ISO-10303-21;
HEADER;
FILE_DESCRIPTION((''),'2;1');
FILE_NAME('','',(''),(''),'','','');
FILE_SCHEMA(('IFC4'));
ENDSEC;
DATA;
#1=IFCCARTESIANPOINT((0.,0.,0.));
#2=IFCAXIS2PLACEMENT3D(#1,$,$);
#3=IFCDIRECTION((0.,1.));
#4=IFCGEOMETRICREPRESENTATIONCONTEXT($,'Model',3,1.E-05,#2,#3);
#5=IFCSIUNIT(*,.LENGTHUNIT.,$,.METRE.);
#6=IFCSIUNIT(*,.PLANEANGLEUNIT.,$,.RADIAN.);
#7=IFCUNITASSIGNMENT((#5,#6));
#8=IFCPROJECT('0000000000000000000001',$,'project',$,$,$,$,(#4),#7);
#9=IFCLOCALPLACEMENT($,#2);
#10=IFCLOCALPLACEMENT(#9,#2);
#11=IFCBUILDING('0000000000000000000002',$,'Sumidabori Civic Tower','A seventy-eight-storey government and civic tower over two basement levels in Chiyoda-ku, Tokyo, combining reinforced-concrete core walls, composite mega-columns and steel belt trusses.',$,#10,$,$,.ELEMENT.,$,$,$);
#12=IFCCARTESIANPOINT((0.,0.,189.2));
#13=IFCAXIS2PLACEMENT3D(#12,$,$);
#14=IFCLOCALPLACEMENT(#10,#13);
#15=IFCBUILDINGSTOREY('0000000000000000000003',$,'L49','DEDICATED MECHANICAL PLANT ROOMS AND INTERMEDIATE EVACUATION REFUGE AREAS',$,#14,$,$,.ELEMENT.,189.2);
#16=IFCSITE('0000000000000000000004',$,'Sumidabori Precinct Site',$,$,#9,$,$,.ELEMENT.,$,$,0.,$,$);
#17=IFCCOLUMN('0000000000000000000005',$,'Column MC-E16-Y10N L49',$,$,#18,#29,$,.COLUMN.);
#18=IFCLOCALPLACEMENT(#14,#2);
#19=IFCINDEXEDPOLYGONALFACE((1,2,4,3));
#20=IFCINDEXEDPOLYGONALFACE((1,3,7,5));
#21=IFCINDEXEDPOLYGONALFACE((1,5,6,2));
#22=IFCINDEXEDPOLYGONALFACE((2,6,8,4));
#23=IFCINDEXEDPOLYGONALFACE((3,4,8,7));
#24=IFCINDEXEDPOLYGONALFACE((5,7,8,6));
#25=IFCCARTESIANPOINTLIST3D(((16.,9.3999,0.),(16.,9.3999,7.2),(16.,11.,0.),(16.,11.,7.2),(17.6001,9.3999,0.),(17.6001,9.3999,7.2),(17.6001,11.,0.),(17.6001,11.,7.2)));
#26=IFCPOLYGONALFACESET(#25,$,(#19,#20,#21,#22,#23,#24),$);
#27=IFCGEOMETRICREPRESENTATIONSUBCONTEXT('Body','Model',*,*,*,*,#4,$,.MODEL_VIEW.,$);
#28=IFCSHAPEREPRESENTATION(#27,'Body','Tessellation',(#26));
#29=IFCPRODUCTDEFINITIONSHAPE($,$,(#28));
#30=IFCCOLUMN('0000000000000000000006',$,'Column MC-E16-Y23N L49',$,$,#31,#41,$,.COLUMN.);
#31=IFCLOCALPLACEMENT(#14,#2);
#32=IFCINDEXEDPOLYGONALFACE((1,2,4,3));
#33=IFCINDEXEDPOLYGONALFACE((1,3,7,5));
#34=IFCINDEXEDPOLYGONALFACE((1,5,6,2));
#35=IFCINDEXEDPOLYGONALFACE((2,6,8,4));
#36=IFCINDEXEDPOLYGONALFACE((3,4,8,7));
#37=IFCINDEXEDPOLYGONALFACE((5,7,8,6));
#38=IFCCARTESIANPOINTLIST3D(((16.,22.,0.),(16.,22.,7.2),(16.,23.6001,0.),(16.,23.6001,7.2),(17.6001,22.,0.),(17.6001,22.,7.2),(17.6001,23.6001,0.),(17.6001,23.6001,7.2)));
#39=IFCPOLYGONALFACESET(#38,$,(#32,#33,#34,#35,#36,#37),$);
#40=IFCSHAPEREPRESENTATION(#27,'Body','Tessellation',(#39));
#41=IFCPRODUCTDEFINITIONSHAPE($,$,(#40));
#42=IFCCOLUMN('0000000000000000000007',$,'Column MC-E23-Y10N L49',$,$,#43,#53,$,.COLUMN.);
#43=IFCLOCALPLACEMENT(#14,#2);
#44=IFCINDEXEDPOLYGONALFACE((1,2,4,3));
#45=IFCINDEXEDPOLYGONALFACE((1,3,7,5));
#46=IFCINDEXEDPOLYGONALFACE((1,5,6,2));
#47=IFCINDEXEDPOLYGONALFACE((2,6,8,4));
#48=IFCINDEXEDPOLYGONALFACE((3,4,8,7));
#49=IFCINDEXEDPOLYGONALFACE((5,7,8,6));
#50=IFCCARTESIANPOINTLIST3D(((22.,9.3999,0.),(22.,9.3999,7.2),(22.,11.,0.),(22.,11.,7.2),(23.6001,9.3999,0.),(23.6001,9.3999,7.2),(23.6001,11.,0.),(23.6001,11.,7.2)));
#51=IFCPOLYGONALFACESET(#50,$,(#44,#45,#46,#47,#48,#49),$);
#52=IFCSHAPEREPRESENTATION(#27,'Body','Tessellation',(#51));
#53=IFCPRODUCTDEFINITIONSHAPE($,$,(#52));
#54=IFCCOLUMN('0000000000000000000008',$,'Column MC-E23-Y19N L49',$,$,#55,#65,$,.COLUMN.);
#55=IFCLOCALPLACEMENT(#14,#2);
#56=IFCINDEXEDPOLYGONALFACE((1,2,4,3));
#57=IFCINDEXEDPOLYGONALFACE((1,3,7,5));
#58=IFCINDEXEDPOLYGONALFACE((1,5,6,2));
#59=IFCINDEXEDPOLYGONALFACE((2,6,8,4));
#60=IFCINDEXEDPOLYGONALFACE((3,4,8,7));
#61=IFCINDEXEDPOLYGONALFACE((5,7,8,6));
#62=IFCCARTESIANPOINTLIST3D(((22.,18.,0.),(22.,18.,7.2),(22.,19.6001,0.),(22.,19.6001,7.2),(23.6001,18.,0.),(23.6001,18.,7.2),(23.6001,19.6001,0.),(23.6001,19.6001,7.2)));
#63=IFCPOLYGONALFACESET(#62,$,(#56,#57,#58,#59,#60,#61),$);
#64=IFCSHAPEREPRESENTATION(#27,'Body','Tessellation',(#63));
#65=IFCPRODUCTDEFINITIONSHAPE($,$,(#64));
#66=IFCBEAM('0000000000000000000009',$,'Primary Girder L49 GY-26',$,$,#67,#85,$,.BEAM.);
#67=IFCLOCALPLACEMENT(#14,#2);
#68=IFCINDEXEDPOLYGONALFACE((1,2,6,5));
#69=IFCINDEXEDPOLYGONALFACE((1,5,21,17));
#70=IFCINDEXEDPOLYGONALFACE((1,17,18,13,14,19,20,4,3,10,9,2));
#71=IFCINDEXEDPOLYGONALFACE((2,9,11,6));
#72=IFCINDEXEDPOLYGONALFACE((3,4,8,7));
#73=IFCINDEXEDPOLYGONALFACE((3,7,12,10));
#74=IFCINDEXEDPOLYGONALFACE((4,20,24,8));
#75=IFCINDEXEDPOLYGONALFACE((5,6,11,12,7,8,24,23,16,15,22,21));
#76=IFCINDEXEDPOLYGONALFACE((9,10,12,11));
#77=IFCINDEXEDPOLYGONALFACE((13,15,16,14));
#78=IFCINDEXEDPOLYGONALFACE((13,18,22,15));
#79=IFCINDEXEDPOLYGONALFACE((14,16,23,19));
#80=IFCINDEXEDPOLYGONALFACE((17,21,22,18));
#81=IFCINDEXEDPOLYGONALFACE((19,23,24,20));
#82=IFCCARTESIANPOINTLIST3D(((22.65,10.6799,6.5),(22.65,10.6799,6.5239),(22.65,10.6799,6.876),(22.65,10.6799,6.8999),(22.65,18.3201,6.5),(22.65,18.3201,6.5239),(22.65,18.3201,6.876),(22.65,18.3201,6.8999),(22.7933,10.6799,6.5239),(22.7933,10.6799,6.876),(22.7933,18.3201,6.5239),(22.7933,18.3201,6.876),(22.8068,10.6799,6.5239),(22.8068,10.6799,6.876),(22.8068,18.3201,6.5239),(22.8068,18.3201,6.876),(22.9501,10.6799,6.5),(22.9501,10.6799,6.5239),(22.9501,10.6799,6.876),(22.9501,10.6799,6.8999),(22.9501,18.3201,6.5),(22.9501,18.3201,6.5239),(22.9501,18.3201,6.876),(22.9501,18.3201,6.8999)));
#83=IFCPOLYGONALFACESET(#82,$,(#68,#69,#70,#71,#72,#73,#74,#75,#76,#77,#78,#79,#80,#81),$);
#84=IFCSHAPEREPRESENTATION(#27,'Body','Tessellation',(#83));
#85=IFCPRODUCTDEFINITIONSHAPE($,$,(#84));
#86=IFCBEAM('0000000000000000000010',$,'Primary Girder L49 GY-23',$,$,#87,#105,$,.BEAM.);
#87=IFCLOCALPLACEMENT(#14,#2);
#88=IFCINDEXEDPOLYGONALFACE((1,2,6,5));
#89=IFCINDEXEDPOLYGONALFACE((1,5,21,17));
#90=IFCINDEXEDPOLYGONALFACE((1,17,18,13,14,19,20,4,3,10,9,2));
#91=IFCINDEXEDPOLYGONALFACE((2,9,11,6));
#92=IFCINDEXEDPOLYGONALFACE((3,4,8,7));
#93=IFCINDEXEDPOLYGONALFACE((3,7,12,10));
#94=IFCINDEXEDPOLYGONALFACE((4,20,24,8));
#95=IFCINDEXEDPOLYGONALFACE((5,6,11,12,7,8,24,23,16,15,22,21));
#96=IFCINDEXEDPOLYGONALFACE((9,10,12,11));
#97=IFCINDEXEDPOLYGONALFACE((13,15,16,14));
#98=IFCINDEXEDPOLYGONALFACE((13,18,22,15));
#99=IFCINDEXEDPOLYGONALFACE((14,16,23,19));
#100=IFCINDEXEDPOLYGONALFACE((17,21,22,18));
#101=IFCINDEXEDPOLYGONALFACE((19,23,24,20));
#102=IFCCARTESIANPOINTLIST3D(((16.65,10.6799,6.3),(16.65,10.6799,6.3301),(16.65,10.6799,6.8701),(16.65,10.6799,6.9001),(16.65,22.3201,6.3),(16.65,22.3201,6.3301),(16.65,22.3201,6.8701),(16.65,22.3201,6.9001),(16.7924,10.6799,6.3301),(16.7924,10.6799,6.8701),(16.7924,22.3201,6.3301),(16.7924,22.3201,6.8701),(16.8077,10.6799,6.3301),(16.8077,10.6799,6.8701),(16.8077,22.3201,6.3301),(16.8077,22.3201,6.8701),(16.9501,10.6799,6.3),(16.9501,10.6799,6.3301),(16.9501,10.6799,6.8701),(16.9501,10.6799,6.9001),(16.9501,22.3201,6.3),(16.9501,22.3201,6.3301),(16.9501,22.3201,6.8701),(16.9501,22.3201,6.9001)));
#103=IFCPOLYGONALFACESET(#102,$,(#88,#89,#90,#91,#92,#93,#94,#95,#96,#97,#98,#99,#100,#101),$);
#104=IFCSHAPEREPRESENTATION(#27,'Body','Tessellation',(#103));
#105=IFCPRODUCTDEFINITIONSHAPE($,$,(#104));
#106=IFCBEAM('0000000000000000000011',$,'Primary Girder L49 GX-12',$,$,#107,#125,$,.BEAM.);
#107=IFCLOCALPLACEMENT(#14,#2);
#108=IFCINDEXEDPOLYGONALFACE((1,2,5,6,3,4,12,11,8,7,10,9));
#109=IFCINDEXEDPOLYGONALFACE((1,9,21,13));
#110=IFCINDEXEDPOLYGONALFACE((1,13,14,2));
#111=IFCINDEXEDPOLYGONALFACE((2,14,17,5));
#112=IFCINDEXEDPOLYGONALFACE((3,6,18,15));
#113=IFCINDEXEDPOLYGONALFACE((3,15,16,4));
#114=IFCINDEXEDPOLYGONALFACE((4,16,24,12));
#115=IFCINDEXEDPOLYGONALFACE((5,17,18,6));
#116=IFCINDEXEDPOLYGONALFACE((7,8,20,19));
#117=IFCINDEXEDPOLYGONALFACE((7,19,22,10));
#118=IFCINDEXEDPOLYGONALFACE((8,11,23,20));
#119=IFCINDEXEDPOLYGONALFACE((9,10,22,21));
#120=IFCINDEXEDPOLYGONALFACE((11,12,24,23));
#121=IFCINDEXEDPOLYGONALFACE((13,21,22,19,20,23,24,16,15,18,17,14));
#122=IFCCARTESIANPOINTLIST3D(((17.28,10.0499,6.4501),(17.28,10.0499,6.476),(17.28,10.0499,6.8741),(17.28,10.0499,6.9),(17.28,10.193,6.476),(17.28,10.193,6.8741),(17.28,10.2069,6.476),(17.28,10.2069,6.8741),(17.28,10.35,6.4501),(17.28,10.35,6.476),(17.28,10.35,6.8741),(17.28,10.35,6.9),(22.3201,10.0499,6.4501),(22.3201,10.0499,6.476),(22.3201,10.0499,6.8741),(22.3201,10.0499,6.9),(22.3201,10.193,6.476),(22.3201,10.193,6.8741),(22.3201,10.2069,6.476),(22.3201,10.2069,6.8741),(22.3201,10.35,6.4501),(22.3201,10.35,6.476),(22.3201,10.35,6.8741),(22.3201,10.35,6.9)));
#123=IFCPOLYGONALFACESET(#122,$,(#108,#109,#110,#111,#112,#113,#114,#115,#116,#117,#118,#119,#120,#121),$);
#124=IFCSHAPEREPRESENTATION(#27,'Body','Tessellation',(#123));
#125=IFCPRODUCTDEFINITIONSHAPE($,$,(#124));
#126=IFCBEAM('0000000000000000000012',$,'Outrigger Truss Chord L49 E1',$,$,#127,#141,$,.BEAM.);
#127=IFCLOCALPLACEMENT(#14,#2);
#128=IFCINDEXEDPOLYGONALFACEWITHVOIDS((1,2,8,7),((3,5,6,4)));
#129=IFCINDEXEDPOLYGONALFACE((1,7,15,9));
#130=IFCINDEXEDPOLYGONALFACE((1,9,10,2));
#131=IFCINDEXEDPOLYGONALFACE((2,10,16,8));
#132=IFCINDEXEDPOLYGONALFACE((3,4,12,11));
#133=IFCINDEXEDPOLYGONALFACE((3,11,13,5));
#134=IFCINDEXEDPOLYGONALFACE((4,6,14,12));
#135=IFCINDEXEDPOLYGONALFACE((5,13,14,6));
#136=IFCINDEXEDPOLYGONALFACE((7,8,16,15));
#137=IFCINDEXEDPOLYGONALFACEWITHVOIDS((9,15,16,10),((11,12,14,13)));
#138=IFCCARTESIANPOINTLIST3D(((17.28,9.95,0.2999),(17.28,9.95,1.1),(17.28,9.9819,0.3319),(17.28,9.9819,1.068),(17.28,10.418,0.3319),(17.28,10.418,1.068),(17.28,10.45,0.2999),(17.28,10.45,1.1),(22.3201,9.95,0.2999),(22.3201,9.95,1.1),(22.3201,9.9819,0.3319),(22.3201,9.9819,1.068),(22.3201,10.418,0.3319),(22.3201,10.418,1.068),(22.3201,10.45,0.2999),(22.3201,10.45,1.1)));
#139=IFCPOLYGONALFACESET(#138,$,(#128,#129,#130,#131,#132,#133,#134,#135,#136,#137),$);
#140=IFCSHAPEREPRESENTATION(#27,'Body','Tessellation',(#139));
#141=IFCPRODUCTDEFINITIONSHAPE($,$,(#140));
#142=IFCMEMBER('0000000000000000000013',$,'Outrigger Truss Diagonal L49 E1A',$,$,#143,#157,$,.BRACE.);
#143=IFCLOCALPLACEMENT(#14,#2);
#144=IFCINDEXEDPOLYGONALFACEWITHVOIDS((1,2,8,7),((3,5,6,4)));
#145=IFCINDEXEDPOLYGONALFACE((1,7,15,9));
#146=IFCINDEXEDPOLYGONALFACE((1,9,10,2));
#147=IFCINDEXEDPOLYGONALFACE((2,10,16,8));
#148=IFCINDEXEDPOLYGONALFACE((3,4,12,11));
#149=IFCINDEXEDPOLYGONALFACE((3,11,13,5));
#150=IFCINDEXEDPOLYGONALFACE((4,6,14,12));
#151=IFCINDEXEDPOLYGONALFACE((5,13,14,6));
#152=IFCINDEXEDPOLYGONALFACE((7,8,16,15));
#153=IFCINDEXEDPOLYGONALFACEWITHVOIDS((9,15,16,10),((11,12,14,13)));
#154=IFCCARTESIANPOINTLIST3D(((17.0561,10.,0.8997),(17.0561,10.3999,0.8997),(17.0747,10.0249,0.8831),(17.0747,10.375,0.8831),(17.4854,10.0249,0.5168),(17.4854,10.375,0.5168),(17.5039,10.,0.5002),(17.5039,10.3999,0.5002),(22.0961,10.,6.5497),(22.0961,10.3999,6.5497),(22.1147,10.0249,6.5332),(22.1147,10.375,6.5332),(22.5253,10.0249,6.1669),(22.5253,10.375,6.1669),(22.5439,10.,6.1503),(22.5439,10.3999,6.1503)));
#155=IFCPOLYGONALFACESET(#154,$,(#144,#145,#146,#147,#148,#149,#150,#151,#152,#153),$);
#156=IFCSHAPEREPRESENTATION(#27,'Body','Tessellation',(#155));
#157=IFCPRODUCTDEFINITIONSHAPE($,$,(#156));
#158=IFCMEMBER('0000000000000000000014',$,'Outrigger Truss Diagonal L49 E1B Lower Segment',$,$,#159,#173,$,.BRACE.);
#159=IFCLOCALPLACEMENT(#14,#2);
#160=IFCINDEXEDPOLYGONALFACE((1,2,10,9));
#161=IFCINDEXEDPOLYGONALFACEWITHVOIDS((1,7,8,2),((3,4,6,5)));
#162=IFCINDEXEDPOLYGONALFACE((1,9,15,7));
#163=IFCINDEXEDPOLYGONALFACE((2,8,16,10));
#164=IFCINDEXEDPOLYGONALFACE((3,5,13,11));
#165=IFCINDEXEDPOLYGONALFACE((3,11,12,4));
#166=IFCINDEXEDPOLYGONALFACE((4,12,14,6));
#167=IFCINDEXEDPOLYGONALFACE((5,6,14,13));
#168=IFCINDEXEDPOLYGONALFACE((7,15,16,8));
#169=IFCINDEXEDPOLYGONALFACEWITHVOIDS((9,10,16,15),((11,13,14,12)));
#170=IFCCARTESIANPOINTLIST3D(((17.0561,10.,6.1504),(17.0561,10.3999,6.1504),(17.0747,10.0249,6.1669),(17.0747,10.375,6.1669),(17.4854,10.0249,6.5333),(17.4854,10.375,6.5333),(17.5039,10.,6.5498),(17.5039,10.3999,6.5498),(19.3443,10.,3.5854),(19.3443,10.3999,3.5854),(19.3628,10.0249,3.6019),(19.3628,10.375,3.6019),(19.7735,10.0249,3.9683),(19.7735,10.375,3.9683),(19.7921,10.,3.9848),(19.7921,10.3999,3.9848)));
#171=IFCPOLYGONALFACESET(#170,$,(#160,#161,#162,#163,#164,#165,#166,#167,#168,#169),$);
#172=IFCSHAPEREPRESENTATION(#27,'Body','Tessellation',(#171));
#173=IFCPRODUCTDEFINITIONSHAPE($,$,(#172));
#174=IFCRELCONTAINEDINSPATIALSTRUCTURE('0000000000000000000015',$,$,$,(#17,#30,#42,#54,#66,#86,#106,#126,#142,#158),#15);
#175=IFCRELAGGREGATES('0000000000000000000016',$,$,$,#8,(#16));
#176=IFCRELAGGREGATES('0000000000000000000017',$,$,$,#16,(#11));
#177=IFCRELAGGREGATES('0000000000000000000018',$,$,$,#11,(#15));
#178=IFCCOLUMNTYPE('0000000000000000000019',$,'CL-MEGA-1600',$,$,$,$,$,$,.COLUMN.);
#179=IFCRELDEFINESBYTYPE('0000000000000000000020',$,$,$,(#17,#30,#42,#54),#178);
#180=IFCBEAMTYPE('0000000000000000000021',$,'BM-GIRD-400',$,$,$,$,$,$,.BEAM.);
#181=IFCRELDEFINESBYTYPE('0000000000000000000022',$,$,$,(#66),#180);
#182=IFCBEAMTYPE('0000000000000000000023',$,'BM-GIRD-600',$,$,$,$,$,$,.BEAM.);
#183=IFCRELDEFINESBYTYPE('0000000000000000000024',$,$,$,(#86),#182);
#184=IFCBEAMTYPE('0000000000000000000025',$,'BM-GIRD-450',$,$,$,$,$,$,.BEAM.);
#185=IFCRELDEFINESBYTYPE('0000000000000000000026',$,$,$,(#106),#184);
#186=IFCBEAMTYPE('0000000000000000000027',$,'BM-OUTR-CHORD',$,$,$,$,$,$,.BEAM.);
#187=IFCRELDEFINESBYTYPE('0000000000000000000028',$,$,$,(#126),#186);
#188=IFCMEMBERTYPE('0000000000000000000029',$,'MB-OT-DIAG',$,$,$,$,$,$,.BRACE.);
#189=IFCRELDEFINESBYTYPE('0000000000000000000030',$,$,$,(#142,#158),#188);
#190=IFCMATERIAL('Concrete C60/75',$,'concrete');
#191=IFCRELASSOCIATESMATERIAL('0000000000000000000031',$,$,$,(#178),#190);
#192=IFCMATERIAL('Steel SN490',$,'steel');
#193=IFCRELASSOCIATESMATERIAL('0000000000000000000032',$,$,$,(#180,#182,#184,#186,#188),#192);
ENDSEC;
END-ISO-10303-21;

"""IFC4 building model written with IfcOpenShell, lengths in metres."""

from ifc_helpers import new_model, si_unit, direction, frame, origin, origin_2d, place, context, subcontext, project, spatial, rectangle, hollow_rectangle, i_section, extrude, source, transform, mapped, material, material_profile, profile_set, type_object, element, save


model = new_model("IFC4")

# Units and contexts
model_context = context("Model", 3, precision=1e-05, world=origin(), true_north=direction((0.0, 1.0)))
body_context = subcontext(model_context, "Body", "Model", "MODEL_VIEW")
ifc_project = project(units=[si_unit("LENGTHUNIT", "METRE"), si_unit("PLANEANGLEUNIT", "RADIAN")], contexts=[model_context])

# Site, building, storey
site_placement = place(None, origin())
site = spatial("IfcSite", under=ifc_project, at=site_placement, Name="Sumidabori Precinct Site", CompositionType="ELEMENT", RefElevation=0.0)
building_placement = place(site_placement, origin())
building = spatial("IfcBuilding", under=site, at=building_placement, Name="Sumidabori Civic Tower", Description="A seventy-eight-storey government and civic tower over two basement levels in Chiyoda-ku, Tokyo, combining reinforced-concrete core walls, composite mega-columns and steel belt trusses.", CompositionType="ELEMENT")
storey_placement = place(building_placement, frame((0.0, 0.0, 189.2)))
storey = spatial("IfcBuildingStorey", under=building, at=storey_placement, Name="L49", Description="DEDICATED MECHANICAL PLANT ROOMS AND INTERMEDIATE EVACUATION REFUGE AREAS", CompositionType="ELEMENT", Elevation=189.2)

# Columns
ifc_material_1 = material(Name="Concrete C60/75", Category="concrete")
ifc_material_profile_1 = material_profile(ifc_material_1, rectangle(XDim=1.6001, YDim=1.6001, at=origin_2d()), Name="RC 1600x1600")
ifc_profile_set_1 = profile_set([ifc_material_profile_1], Name="Concrete C60/75")
column_type = type_object("IfcColumnType", Name="CL-MEGA-1600", PredefinedType="COLUMN", material=ifc_profile_set_1)
shared_shape_1 = source(origin(), body_context, "Body", "SweptSolid", [
    extrude(rectangle(XDim=1.6001, YDim=1.6001, at=origin_2d()), origin(), (0.0, 0.0, 1.0), 7.2),
])
for number, where, z_axis, x_axis, name in (
    (1, (16.8, 10.2, 0.0), (0.0, 0.0, 1.0), (1.0, 0.0, 0.0), "Column MC-E16-Y10N L49"),
    (2, (16.8, 22.8, 0.0), (0.0, 0.0, 1.0), (1.0, 0.0, 0.0), "Column MC-E16-Y23N L49"),
    (3, (22.8, 10.2, 0.0), (0.0, 0.0, 1.0), (1.0, 0.0, 0.0), "Column MC-E23-Y10N L49"),
    (4, (22.8, 18.8, 0.0), (0.0, 0.0, 1.0), (1.0, 0.0, 0.0), "Column MC-E23-Y19N L49"),
):
    element("IfcColumn", number, at=place(storey_placement, frame(where, z_axis=z_axis, x_axis=x_axis)), inside=storey, type_object=column_type, Name=name, PredefinedType="COLUMN", context=body_context, shape_type="MappedRepresentation", body=[
        mapped(shared_shape_1, transform((0.0, 0.0, 0.0), x_axis=(1.0, 0.0, 0.0), y_axis=(0.0, 1.0, 0.0), z_axis=(0.0, 0.0, 1.0), scale=1.0)),
    ])

# Beams
ifc_material_2 = material(Name="Steel SN490", Category="steel")
ifc_material_profile_2 = material_profile(ifc_material_2, i_section(OverallWidth=0.3, OverallDepth=0.3999, WebThickness=0.0134, FlangeThickness=0.0239, at=origin_2d()), Name="HE 400 B")
ifc_profile_set_2 = profile_set([ifc_material_profile_2], Name="Steel SN490")
beam_type_1 = type_object("IfcBeamType", Name="BM-GIRD-400", PredefinedType="BEAM", material=ifc_profile_set_2)
shared_shape_2 = source(origin(), body_context, "Body", "SweptSolid", [
    extrude(i_section(OverallWidth=0.3, OverallDepth=0.3999, WebThickness=0.0134, FlangeThickness=0.0239, at=origin_2d()), origin(), (0.0, 0.0, 1.0), 7.6401),
])
beam_1_placement = place(storey_placement, frame((22.8, 10.6799, 6.7), z_axis=(0.0, 1.0, 0.0), x_axis=(-1.0, 0.0, 0.0)))
element("IfcBeam", 5, at=beam_1_placement, inside=storey, type_object=beam_type_1, Name="Primary Girder L49 GY-26", PredefinedType="BEAM", context=body_context, shape_type="MappedRepresentation", body=[
    mapped(shared_shape_2, transform((0.0, 0.0, 0.0), x_axis=(1.0, 0.0, 0.0), y_axis=(0.0, 1.0, 0.0), z_axis=(0.0, 0.0, 1.0), scale=1.0)),
])
ifc_material_profile_3 = material_profile(ifc_material_2, i_section(OverallWidth=0.3, OverallDepth=0.6001, WebThickness=0.0154, FlangeThickness=0.03, at=origin_2d()), Name="HE 600 B")
ifc_profile_set_3 = profile_set([ifc_material_profile_3], Name="Steel SN490")
beam_type_2 = type_object("IfcBeamType", Name="BM-GIRD-600", PredefinedType="BEAM", material=ifc_profile_set_3)
shared_shape_3 = source(origin(), body_context, "Body", "SweptSolid", [
    extrude(i_section(OverallWidth=0.3, OverallDepth=0.6001, WebThickness=0.0154, FlangeThickness=0.03, at=origin_2d()), origin(), (0.0, 0.0, 1.0), 11.6401),
])
beam_2_placement = place(storey_placement, frame((16.8, 10.6799, 6.6001), z_axis=(0.0, 1.0, 0.0), x_axis=(-1.0, 0.0, 0.0)))
element("IfcBeam", 6, at=beam_2_placement, inside=storey, type_object=beam_type_2, Name="Primary Girder L49 GY-23", PredefinedType="BEAM", context=body_context, shape_type="MappedRepresentation", body=[
    mapped(shared_shape_3, transform((0.0, 0.0, 0.0), x_axis=(1.0, 0.0, 0.0), y_axis=(0.0, 1.0, 0.0), z_axis=(0.0, 0.0, 1.0), scale=1.0)),
])
ifc_material_profile_4 = material_profile(ifc_material_2, i_section(OverallWidth=0.3, OverallDepth=0.45, WebThickness=0.0139, FlangeThickness=0.0259, at=origin_2d()), Name="HE 450 B")
ifc_profile_set_4 = profile_set([ifc_material_profile_4], Name="Steel SN490")
beam_type_3 = type_object("IfcBeamType", Name="BM-GIRD-450", PredefinedType="BEAM", material=ifc_profile_set_4)
shared_shape_4 = source(origin(), body_context, "Body", "SweptSolid", [
    extrude(i_section(OverallWidth=0.3, OverallDepth=0.45, WebThickness=0.0139, FlangeThickness=0.0259, at=origin_2d()), origin(), (0.0, 0.0, 1.0), 5.04),
])
beam_3_placement = place(storey_placement, frame((17.28, 10.2, 6.675), z_axis=(1.0, 0.0, 0.0), x_axis=(0.0, 1.0, 0.0)))
element("IfcBeam", 7, at=beam_3_placement, inside=storey, type_object=beam_type_3, Name="Primary Girder L49 GX-12", PredefinedType="BEAM", context=body_context, shape_type="MappedRepresentation", body=[
    mapped(shared_shape_4, transform((0.0, 0.0, 0.0), x_axis=(1.0, 0.0, 0.0), y_axis=(0.0, 1.0, 0.0), z_axis=(0.0, 0.0, 1.0), scale=1.0)),
])
ifc_material_profile_5 = material_profile(ifc_material_2, hollow_rectangle(XDim=0.5, YDim=0.8, WallThickness=0.032, at=origin_2d()), Name="RHS 800x500x32")
ifc_profile_set_5 = profile_set([ifc_material_profile_5], Name="Steel SN490")
beam_type_4 = type_object("IfcBeamType", Name="BM-OUTR-CHORD", PredefinedType="BEAM", material=ifc_profile_set_5)
shared_shape_5 = source(origin(), body_context, "Body", "SweptSolid", [
    extrude(hollow_rectangle(XDim=0.5, YDim=0.8, WallThickness=0.032, at=origin_2d()), origin(), (0.0, 0.0, 1.0), 5.04),
])
beam_4_placement = place(storey_placement, frame((17.28, 10.2, 0.7), z_axis=(1.0, 0.0, 0.0), x_axis=(0.0, 1.0, 0.0)))
element("IfcBeam", 8, at=beam_4_placement, inside=storey, type_object=beam_type_4, Name="Outrigger Truss Chord L49 E1", PredefinedType="BEAM", context=body_context, shape_type="MappedRepresentation", body=[
    mapped(shared_shape_5, transform((0.0, 0.0, 0.0), x_axis=(1.0, 0.0, 0.0), y_axis=(0.0, 1.0, 0.0), z_axis=(0.0, 0.0, 1.0), scale=1.0)),
])

# Members
ifc_material_profile_6 = material_profile(ifc_material_2, hollow_rectangle(XDim=0.3999, YDim=0.6001, WallThickness=0.0249, at=origin_2d()), Name="RHS 600x400x25")
ifc_profile_set_6 = profile_set([ifc_material_profile_6], Name="Steel SN490")
member_type = type_object("IfcMemberType", Name="MB-OT-DIAG", PredefinedType="BRACE", material=ifc_profile_set_6)
shared_shape_6 = source(origin(), body_context, "Body", "SweptSolid", [
    extrude(hollow_rectangle(XDim=0.3999, YDim=0.6001, WallThickness=0.0249, at=origin_2d()), origin(), (0.0, 0.0, 1.0), 7.5713),
])
member_1_placement = place(storey_placement, frame((17.28, 10.2, 0.7), z_axis=(0.665668, 0.0, 0.746248), x_axis=(0.0, 1.0, 0.0)))
element("IfcMember", 9, at=member_1_placement, inside=storey, type_object=member_type, Name="Outrigger Truss Diagonal L49 E1A", PredefinedType="BRACE", context=body_context, shape_type="MappedRepresentation", body=[
    mapped(shared_shape_6, transform((0.0, 0.0, 0.0), x_axis=(1.0, 0.0, 0.0), y_axis=(0.0, 1.0, 0.0), z_axis=(0.0, 0.0, 1.0), scale=1.0)),
])
shared_shape_7 = source(origin(), body_context, "Body", "SweptSolid", [
    extrude(hollow_rectangle(XDim=0.3999, YDim=0.6001, WallThickness=0.0249, at=origin_2d()), origin(), (0.0, 0.0, 1.0), 3.4373),
])
for number, where, z_axis, x_axis, name in (
    (10, (17.28, 10.2, 6.3501), (0.665685, 0.0, -0.746232), (0.0, 1.0, 0.0), "Outrigger Truss Diagonal L49 E1B Lower Segment"),
):
    element("IfcMember", number, at=place(storey_placement, frame(where, z_axis=z_axis, x_axis=x_axis)), inside=storey, type_object=member_type, Name=name, PredefinedType="BRACE", context=body_context, shape_type="MappedRepresentation", body=[
        mapped(shared_shape_7, transform((0.0, 0.0, 0.0), x_axis=(1.0, 0.0, 0.0), y_axis=(0.0, 1.0, 0.0), z_axis=(0.0, 0.0, 1.0), scale=1.0)),
    ])

save(model, "model.ifc")
